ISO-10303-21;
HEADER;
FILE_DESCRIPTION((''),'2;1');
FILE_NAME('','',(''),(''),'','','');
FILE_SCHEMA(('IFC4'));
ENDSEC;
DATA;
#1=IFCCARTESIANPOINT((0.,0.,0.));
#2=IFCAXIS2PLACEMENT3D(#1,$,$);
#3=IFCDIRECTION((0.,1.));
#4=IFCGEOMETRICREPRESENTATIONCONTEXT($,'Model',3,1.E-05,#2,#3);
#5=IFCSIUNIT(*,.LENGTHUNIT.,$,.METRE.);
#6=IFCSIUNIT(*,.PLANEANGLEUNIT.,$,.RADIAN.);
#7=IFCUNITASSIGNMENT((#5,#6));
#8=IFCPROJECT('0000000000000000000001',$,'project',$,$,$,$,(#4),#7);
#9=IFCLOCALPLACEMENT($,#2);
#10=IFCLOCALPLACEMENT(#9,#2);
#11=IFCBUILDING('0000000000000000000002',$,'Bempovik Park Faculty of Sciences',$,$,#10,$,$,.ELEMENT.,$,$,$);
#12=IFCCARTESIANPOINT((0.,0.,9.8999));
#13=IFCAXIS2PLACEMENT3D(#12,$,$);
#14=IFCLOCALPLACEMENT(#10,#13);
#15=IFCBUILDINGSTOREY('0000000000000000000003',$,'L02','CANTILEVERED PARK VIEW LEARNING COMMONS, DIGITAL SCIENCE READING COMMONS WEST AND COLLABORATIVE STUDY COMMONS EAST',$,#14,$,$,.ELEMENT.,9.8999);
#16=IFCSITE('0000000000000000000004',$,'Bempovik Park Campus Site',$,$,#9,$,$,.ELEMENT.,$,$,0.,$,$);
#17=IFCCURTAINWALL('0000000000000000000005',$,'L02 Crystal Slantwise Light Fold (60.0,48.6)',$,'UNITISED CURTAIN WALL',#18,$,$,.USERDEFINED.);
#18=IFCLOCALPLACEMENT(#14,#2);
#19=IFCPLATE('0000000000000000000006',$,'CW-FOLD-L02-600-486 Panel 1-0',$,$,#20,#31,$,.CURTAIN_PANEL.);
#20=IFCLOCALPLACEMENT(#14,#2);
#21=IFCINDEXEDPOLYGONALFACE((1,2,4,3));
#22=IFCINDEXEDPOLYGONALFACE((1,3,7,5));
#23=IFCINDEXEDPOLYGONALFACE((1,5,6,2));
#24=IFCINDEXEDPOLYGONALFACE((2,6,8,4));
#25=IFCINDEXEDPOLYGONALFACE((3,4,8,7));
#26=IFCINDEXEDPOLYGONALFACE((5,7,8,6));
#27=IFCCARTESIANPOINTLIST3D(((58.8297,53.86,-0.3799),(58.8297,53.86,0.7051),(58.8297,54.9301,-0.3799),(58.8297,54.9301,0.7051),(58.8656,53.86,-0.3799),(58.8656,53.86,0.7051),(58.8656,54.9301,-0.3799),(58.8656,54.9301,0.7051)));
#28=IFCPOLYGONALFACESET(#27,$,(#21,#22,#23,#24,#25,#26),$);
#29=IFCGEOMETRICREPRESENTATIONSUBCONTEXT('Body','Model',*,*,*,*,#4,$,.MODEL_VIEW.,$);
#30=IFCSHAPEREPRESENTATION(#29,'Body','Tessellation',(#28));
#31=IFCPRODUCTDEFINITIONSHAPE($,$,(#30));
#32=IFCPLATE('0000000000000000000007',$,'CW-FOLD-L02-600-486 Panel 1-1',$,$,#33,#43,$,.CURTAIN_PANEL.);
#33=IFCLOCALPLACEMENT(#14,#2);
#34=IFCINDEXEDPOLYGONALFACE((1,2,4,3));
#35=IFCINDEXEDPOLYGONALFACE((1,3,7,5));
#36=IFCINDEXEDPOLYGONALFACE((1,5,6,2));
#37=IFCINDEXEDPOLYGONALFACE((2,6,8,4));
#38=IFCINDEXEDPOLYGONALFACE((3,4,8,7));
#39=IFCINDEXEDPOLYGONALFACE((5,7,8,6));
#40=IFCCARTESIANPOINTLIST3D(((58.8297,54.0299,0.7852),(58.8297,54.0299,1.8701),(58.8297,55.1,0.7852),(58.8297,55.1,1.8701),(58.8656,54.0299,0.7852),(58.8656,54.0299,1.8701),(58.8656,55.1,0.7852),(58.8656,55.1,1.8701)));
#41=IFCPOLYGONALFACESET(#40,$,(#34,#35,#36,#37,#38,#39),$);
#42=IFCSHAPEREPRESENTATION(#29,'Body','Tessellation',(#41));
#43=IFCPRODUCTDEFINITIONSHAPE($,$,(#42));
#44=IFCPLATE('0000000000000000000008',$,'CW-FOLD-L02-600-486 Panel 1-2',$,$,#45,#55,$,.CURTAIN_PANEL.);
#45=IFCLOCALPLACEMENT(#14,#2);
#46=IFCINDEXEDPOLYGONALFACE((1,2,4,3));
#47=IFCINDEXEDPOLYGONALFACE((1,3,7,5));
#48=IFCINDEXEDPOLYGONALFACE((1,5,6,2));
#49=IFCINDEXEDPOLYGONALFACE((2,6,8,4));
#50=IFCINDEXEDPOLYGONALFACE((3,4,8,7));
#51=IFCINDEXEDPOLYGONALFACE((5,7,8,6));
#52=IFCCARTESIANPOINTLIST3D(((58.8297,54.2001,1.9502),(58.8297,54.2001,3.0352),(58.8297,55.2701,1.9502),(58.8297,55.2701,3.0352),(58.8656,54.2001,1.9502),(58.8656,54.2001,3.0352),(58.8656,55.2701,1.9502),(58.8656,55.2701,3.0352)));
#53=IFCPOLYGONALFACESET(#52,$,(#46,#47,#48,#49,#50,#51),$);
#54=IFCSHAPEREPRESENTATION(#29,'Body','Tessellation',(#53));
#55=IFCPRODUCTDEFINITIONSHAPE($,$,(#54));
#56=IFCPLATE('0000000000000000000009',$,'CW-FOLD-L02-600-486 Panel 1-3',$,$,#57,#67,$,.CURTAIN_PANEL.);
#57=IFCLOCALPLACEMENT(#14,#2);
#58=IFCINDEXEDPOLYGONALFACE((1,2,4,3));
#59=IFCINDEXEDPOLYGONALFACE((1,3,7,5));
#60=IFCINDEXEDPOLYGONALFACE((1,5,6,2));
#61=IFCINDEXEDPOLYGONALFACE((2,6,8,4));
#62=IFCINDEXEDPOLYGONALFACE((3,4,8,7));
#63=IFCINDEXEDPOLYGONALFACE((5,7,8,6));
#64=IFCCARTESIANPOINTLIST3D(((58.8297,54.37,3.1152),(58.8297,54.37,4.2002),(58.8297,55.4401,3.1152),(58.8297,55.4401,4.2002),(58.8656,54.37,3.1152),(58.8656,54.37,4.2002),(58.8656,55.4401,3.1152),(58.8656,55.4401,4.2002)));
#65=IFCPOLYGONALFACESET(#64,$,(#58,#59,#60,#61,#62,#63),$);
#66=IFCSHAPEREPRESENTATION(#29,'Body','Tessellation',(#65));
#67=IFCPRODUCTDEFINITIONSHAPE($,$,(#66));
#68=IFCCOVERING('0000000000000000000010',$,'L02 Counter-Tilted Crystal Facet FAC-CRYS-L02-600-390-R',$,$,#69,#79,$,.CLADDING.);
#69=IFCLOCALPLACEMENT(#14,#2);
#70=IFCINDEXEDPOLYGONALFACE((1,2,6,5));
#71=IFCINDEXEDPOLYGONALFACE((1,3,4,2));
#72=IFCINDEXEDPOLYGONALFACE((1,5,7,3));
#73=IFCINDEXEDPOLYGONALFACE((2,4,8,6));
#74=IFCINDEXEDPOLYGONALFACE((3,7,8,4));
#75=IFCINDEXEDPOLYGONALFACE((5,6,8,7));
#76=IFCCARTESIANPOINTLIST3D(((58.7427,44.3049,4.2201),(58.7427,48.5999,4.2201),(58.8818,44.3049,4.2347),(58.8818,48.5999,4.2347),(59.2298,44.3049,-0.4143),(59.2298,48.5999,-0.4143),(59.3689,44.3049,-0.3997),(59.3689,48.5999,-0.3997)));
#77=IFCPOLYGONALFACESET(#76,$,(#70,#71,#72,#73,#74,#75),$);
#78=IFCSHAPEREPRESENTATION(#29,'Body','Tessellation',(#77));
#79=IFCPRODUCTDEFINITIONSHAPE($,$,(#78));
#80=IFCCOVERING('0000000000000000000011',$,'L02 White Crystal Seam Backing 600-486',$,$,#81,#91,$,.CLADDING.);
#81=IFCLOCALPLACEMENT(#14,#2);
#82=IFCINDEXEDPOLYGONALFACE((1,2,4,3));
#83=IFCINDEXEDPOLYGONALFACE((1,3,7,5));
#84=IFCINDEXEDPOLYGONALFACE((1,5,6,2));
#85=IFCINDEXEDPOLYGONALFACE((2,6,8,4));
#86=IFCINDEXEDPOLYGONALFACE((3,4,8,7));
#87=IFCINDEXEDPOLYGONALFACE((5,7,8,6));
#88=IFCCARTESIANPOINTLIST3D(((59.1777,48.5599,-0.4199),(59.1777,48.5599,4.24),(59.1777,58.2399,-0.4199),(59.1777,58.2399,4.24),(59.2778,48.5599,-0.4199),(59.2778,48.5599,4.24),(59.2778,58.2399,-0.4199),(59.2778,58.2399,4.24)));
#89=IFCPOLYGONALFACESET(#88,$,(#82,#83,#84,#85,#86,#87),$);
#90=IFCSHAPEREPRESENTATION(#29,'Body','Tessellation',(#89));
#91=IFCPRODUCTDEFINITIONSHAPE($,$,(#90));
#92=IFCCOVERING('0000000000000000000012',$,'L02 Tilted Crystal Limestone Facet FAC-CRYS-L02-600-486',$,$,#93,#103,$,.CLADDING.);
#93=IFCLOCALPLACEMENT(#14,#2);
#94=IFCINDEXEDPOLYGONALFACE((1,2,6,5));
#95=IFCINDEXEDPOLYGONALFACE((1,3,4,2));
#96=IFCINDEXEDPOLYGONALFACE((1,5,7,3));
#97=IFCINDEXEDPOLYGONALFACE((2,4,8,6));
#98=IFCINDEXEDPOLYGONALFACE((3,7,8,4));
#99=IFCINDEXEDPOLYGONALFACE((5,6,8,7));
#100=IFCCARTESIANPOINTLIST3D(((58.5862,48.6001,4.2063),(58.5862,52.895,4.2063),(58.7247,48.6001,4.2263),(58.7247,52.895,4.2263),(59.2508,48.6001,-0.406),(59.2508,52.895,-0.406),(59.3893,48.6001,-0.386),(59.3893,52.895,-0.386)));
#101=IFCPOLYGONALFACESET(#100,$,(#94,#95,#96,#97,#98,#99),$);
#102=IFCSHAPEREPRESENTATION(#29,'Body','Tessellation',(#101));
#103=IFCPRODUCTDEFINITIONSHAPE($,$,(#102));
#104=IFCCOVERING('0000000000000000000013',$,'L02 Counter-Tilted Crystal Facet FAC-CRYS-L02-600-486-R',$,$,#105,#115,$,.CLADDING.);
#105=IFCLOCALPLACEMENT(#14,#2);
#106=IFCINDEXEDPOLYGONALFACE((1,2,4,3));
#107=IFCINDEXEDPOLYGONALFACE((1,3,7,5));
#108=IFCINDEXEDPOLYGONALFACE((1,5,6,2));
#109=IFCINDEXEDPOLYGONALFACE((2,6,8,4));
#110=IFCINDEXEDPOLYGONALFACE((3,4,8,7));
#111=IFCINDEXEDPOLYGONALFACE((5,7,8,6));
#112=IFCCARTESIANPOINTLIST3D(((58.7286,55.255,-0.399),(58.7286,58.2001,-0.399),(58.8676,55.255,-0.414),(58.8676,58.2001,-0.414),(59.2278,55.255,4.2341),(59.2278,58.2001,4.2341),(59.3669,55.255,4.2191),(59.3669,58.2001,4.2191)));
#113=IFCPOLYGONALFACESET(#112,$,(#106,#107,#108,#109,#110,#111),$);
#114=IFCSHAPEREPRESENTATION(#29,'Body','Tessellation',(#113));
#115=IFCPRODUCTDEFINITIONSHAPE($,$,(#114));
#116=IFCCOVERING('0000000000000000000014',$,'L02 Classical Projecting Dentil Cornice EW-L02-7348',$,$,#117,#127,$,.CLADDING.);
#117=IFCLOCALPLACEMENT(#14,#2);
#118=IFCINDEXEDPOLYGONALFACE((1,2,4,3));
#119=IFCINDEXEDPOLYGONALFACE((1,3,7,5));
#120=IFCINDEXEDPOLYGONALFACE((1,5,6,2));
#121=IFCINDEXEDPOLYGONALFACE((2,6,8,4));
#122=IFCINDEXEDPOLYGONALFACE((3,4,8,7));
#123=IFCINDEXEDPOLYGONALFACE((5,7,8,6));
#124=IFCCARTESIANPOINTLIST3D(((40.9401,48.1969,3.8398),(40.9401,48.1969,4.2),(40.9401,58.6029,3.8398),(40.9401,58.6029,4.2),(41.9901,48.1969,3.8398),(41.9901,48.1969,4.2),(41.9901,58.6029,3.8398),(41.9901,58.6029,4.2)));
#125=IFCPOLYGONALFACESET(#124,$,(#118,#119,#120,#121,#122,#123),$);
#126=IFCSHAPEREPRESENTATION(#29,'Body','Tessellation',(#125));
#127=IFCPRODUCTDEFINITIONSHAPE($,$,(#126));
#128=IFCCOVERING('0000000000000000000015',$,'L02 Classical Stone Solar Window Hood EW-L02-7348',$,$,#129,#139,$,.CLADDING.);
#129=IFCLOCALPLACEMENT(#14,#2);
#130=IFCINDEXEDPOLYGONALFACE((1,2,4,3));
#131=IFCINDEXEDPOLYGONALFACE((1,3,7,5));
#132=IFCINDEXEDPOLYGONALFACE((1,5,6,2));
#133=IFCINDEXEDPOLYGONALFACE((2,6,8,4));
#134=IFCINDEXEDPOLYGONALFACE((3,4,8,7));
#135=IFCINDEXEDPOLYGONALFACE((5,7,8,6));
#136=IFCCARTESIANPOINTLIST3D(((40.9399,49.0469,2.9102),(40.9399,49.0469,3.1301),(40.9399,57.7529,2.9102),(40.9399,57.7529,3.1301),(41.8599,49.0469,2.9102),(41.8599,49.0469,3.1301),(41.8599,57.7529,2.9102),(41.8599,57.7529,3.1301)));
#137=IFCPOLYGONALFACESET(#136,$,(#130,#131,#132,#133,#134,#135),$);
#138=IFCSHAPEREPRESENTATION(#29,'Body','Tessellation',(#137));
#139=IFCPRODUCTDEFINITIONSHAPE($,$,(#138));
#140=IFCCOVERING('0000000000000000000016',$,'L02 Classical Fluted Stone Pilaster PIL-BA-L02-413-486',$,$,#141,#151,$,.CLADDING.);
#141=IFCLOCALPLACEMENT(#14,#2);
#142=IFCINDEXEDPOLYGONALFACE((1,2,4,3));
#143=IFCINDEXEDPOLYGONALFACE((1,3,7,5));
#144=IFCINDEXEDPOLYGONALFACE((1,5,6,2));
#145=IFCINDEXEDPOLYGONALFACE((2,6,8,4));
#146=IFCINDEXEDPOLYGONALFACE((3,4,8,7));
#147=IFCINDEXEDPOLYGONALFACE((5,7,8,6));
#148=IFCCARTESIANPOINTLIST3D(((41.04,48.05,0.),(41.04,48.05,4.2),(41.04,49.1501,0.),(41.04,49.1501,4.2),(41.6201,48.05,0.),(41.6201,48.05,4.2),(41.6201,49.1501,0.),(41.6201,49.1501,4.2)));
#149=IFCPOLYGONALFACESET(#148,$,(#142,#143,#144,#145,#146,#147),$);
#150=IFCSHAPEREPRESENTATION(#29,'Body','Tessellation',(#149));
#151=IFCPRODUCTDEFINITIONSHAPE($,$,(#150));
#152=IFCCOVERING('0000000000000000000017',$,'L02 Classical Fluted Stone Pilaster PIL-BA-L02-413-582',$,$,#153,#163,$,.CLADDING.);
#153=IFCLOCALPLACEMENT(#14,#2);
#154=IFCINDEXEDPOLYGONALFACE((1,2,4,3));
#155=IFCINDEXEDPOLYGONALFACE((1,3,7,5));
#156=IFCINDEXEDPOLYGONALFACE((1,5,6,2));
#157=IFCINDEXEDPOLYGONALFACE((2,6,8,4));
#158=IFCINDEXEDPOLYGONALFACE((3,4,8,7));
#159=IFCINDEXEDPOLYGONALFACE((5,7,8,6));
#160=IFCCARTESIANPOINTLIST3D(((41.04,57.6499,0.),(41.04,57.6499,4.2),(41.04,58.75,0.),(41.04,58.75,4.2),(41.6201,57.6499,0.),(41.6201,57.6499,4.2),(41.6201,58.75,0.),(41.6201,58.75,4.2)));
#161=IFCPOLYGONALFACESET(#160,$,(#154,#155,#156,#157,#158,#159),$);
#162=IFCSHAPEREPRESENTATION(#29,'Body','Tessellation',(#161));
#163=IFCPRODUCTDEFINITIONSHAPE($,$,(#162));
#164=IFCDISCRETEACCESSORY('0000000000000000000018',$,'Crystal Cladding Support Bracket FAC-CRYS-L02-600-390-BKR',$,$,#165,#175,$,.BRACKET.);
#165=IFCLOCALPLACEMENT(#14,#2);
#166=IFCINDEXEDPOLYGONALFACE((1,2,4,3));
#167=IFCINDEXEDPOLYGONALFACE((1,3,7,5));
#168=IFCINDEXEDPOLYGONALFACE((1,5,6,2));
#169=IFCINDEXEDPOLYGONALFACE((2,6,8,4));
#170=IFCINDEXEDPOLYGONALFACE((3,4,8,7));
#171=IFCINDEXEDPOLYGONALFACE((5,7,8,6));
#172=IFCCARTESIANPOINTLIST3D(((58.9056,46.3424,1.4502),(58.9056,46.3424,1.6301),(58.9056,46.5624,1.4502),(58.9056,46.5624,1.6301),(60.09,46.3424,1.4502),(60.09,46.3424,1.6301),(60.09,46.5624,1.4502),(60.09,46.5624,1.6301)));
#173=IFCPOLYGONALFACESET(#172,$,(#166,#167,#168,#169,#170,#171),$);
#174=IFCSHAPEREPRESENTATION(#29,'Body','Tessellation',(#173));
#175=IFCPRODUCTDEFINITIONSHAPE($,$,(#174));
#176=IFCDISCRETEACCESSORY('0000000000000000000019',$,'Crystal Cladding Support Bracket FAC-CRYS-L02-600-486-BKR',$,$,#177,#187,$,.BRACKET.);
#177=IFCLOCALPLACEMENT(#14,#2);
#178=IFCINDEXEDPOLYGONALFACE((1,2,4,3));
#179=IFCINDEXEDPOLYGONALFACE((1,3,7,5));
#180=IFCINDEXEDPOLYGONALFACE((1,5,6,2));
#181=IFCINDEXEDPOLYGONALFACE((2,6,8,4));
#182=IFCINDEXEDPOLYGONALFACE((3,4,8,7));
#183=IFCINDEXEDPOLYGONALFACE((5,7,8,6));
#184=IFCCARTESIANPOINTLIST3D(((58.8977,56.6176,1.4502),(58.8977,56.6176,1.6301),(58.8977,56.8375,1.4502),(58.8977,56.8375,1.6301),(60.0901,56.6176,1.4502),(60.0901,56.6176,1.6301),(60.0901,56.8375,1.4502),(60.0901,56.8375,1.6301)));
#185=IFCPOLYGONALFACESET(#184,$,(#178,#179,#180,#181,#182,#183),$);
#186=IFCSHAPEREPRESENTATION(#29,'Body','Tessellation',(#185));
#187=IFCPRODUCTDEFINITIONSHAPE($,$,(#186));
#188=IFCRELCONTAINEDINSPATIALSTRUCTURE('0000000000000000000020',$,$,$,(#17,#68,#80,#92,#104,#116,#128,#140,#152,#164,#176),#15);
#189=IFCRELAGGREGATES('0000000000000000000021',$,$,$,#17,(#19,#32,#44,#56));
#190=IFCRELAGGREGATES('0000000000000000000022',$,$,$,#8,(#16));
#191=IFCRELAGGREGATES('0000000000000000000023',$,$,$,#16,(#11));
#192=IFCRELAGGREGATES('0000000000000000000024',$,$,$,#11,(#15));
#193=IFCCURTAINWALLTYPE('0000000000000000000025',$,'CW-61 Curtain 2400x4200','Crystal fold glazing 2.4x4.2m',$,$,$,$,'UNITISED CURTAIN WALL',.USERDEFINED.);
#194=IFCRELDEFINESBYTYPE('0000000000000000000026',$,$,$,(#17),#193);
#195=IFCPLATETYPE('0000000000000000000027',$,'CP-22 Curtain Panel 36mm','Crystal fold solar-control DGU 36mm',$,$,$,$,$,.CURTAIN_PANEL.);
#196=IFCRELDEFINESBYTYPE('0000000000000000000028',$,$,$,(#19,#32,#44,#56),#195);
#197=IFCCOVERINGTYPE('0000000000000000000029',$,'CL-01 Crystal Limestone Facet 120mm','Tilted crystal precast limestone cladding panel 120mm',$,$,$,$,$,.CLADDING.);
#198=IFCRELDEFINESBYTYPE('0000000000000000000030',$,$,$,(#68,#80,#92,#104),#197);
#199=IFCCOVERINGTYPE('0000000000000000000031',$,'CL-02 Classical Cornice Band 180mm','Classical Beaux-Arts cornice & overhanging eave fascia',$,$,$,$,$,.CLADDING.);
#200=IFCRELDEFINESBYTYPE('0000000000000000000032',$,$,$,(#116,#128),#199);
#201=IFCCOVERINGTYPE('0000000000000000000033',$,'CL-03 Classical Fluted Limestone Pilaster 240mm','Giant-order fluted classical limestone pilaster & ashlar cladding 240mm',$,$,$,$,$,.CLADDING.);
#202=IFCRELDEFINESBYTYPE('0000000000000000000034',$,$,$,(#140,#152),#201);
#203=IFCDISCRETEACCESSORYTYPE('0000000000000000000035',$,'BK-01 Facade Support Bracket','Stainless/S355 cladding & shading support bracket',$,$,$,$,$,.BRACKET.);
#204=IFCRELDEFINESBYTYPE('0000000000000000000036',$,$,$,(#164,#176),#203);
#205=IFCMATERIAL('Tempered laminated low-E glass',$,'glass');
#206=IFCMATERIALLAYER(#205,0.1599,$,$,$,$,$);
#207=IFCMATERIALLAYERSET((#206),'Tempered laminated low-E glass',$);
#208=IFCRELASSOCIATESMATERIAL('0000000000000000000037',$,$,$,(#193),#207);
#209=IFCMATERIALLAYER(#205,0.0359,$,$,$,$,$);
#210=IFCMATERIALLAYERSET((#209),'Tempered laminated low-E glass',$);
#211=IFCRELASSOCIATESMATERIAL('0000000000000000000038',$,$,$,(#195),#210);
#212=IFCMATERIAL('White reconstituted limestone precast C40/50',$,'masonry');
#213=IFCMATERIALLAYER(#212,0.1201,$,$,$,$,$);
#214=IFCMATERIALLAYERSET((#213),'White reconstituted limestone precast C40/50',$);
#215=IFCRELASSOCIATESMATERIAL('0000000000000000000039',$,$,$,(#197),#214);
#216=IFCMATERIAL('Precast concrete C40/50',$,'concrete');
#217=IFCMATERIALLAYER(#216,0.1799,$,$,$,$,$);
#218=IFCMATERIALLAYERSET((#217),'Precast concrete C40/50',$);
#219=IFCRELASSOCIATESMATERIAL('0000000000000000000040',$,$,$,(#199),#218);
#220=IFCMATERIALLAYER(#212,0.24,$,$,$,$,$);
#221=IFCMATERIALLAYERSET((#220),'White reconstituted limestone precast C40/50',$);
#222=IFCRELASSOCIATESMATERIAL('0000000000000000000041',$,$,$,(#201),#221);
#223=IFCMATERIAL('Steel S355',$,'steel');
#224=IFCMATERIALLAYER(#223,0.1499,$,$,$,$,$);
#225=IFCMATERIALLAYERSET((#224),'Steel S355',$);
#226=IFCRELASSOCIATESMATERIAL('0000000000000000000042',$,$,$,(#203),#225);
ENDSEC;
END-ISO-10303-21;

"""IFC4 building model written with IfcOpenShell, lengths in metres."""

from ifc_helpers import new_model, si_unit, direction, frame, origin, origin_2d, place, context, subcontext, project, spatial, rectangle, extrude, material, layer, layer_set, type_object, element, aggregate, save


model = new_model("IFC4")

# Units and contexts
model_context = context("Model", 3, precision=1e-05, world=origin(), true_north=direction((0.0, 1.0)))
body_context = subcontext(model_context, "Body", "Model", "MODEL_VIEW")
ifc_project = project(units=[si_unit("LENGTHUNIT", "METRE"), si_unit("PLANEANGLEUNIT", "RADIAN")], contexts=[model_context])

# Site, building, storey
site_placement = place(None, origin())
site = spatial("IfcSite", under=ifc_project, at=site_placement, Name="Bempovik Park Campus Site", CompositionType="ELEMENT", RefElevation=0.0)
building_placement = place(site_placement, origin())
building = spatial("IfcBuilding", under=site, at=building_placement, Name="Bempovik Park Faculty of Sciences", CompositionType="ELEMENT")
storey_placement = place(building_placement, frame((0.0, 0.0, 9.8999)))
storey = spatial("IfcBuildingStorey", under=building, at=storey_placement, Name="L02", Description="CANTILEVERED PARK VIEW LEARNING COMMONS, DIGITAL SCIENCE READING COMMONS WEST AND COLLABORATIVE STUDY COMMONS EAST", CompositionType="ELEMENT", Elevation=9.8999)

# Shared definitions
ifc_material_1 = material(Name="Tempered laminated low-E glass", Category="glass")
ifc_layer_1 = layer(ifc_material_1, 0.1599)
ifc_layer_set_1 = layer_set([ifc_layer_1], Name="Tempered laminated low-E glass")
curtain_wall_type = type_object("IfcCurtainWallType", Name="CW-61 Curtain 2400x4200", Description="Crystal fold glazing 2.4x4.2m", ElementType="UNITISED CURTAIN WALL", PredefinedType="USERDEFINED", material=ifc_layer_set_1)

# Curtain wall
curtain_wall_1_placement = place(storey_placement, origin())
curtain_wall_1 = element("IfcCurtainWall", 1, at=curtain_wall_1_placement, inside=storey, type_object=curtain_wall_type, Name="L02 Crystal Slantwise Light Fold (60.0,48.6)", ObjectType="UNITISED CURTAIN WALL", PredefinedType="USERDEFINED")

# Plates
ifc_layer_2 = layer(ifc_material_1, 0.0359)
ifc_layer_set_2 = layer_set([ifc_layer_2], Name="Tempered laminated low-E glass")
plate_type = type_object("IfcPlateType", Name="CP-22 Curtain Panel 36mm", Description="Crystal fold solar-control DGU 36mm", PredefinedType="CURTAIN_PANEL", material=ifc_layer_set_2)
plate_1_placement = place(storey_placement, frame((58.8477, 54.395, -0.3799), z_axis=(0.0, 0.0, 1.0), x_axis=(0.0, 1.0, 0.0)))
plate_1 = element("IfcPlate", 2, at=plate_1_placement, type_object=plate_type, Name="CW-FOLD-L02-600-486 Panel 1-0", PredefinedType="CURTAIN_PANEL", context=body_context, shape_type="SweptSolid", body=[
    extrude(rectangle(XDim=1.0701, YDim=0.0359, at=origin_2d()), origin(), (0.0, 0.0, 1.0), 1.085),
])
plate_2_placement = place(storey_placement, frame((58.8477, 54.5649, 0.7852), z_axis=(0.0, 0.0, 1.0), x_axis=(0.0, 1.0, 0.0)))
plate_2 = element("IfcPlate", 3, at=plate_2_placement, type_object=plate_type, Name="CW-FOLD-L02-600-486 Panel 1-1", PredefinedType="CURTAIN_PANEL", context=body_context, shape_type="SweptSolid", body=[
    extrude(rectangle(XDim=1.0701, YDim=0.0359, at=origin_2d()), origin(), (0.0, 0.0, 1.0), 1.085),
])
plate_3_placement = place(storey_placement, frame((58.8477, 54.7351, 1.9502), z_axis=(0.0, 0.0, 1.0), x_axis=(0.0, 1.0, 0.0)))
plate_3 = element("IfcPlate", 4, at=plate_3_placement, type_object=plate_type, Name="CW-FOLD-L02-600-486 Panel 1-2", PredefinedType="CURTAIN_PANEL", context=body_context, shape_type="SweptSolid", body=[
    extrude(rectangle(XDim=1.0701, YDim=0.0359, at=origin_2d()), origin(), (0.0, 0.0, 1.0), 1.085),
])
plate_4_placement = place(storey_placement, frame((58.8477, 54.905, 3.1152), z_axis=(0.0, 0.0, 1.0), x_axis=(0.0, 1.0, 0.0)))
plate_4 = element("IfcPlate", 5, at=plate_4_placement, type_object=plate_type, Name="CW-FOLD-L02-600-486 Panel 1-3", PredefinedType="CURTAIN_PANEL", context=body_context, shape_type="SweptSolid", body=[
    extrude(rectangle(XDim=1.0701, YDim=0.0359, at=origin_2d()), origin(), (0.0, 0.0, 1.0), 1.085),
])
aggregate(curtain_wall_1, [plate_1, plate_2, plate_3, plate_4])

# Coverings
ifc_material_2 = material(Name="White reconstituted limestone precast C40/50", Category="masonry")
ifc_layer_3 = layer(ifc_material_2, 0.1201)
ifc_layer_set_3 = layer_set([ifc_layer_3], Name="White reconstituted limestone precast C40/50")
covering_type_1 = type_object("IfcCoveringType", Name="CL-01 Crystal Limestone Facet 120mm", Description="Tilted crystal precast limestone cladding panel 120mm", PredefinedType="CLADDING", material=ifc_layer_set_3)
covering_1_placement = place(storey_placement, frame((59.2993, 46.4524, -0.407), z_axis=(-0.104528, 0.0, 0.994522), x_axis=(0.0, 1.0, 0.0)))
element("IfcCovering", 6, at=covering_1_placement, inside=storey, type_object=covering_type_1, Name="L02 Counter-Tilted Crystal Facet FAC-CRYS-L02-600-390-R", PredefinedType="CLADDING", context=body_context, shape_type="SweptSolid", body=[
    extrude(rectangle(XDim=4.2949, YDim=0.1399, at=origin_2d()), origin(), (0.0, 0.0, 1.0), 4.6599),
])
covering_2_placement = place(storey_placement, frame((59.2278, 53.3999, -0.4199), z_axis=(0.0, 0.0, 1.0), x_axis=(1.0, 0.0, 0.0)))
element("IfcCovering", 7, at=covering_2_placement, inside=storey, type_object=covering_type_1, Name="L02 White Crystal Seam Backing 600-486", PredefinedType="CLADDING", context=body_context, shape_type="SweptSolid", body=[
    extrude(rectangle(XDim=0.1001, YDim=9.6799, at=origin_2d()), origin(), (0.0, 0.0, 1.0), 4.6599),
])
covering_3_placement = place(storey_placement, frame((59.3201, 50.7476, -0.396), z_axis=(-0.142629, 0.0, 0.989776), x_axis=(0.0, 1.0, 0.0)))
element("IfcCovering", 8, at=covering_3_placement, inside=storey, type_object=covering_type_1, Name="L02 Tilted Crystal Limestone Facet FAC-CRYS-L02-600-486", PredefinedType="CLADDING", context=body_context, shape_type="SweptSolid", body=[
    extrude(rectangle(XDim=4.2949, YDim=0.1399, at=origin_2d()), origin(), (0.0, 0.0, 1.0), 4.6599),
])
covering_4_placement = place(storey_placement, frame((58.7981, 56.7275, -0.4065), z_axis=(0.107132, 0.0, 0.994245), x_axis=(0.0, 1.0, 0.0)))
element("IfcCovering", 9, at=covering_4_placement, inside=storey, type_object=covering_type_1, Name="L02 Counter-Tilted Crystal Facet FAC-CRYS-L02-600-486-R", PredefinedType="CLADDING", context=body_context, shape_type="SweptSolid", body=[
    extrude(rectangle(XDim=2.9451, YDim=0.1399, at=origin_2d()), origin(), (0.0, 0.0, 1.0), 4.6599),
])
ifc_material_3 = material(Name="Precast concrete C40/50", Category="concrete")
ifc_layer_4 = layer(ifc_material_3, 0.1799)
ifc_layer_set_4 = layer_set([ifc_layer_4], Name="Precast concrete C40/50")
covering_type_2 = type_object("IfcCoveringType", Name="CL-02 Classical Cornice Band 180mm", Description="Classical Beaux-Arts cornice & overhanging eave fascia", PredefinedType="CLADDING", material=ifc_layer_set_4)
covering_5_placement = place(storey_placement, frame((41.4651, 53.3999, 3.8398), z_axis=(0.0, 0.0, 1.0), x_axis=(1.0, 0.0, 0.0)))
element("IfcCovering", 10, at=covering_5_placement, inside=storey, type_object=covering_type_2, Name="L02 Classical Projecting Dentil Cornice EW-L02-7348", PredefinedType="CLADDING", context=body_context, shape_type="SweptSolid", body=[
    extrude(rectangle(XDim=1.05, YDim=10.406, at=origin_2d()), origin(), (0.0, 0.0, 1.0), 0.3601),
])
covering_6_placement = place(storey_placement, frame((41.3999, 53.3999, 2.9102), z_axis=(0.0, 0.0, 1.0), x_axis=(1.0, 0.0, 0.0)))
element("IfcCovering", 11, at=covering_6_placement, inside=storey, type_object=covering_type_2, Name="L02 Classical Stone Solar Window Hood EW-L02-7348", PredefinedType="CLADDING", context=body_context, shape_type="SweptSolid", body=[
    extrude(rectangle(XDim=0.9199, YDim=8.7061, at=origin_2d()), origin(), (0.0, 0.0, 1.0), 0.22),
])
ifc_layer_5 = layer(ifc_material_2, 0.24)
ifc_layer_set_5 = layer_set([ifc_layer_5], Name="White reconstituted limestone precast C40/50")
covering_type_3 = type_object("IfcCoveringType", Name="CL-03 Classical Fluted Limestone Pilaster 240mm", Description="Giant-order fluted classical limestone pilaster & ashlar cladding 240mm", PredefinedType="CLADDING", material=ifc_layer_set_5)
for number, where, z_axis, x_axis, name in (
    (12, (41.3301, 48.6001, 0.0), (0.0, 0.0, 1.0), (1.0, 0.0, 0.0), "L02 Classical Fluted Stone Pilaster PIL-BA-L02-413-486"),
    (13, (41.3301, 58.2, 0.0), (0.0, 0.0, 1.0), (1.0, 0.0, 0.0), "L02 Classical Fluted Stone Pilaster PIL-BA-L02-413-582"),
):
    element("IfcCovering", number, at=place(storey_placement, frame(where, z_axis=z_axis, x_axis=x_axis)), inside=storey, type_object=covering_type_3, Name=name, PredefinedType="CLADDING", context=body_context, shape_type="SweptSolid", body=[
        extrude(rectangle(XDim=0.5801, YDim=1.1001, at=origin_2d()), origin(), (0.0, 0.0, 1.0), 4.2),
    ])

# Discrete accessories
ifc_material_4 = material(Name="Steel S355", Category="steel")
ifc_layer_6 = layer(ifc_material_4, 0.1499)
ifc_layer_set_6 = layer_set([ifc_layer_6], Name="Steel S355")
discrete_accessory_type = type_object("IfcDiscreteAccessoryType", Name="BK-01 Facade Support Bracket", Description="Stainless/S355 cladding & shading support bracket", PredefinedType="BRACKET", material=ifc_layer_set_6)
discrete_accessory_1_placement = place(storey_placement, frame((59.4978, 46.4524, 1.4502), z_axis=(0.0, 0.0, 1.0), x_axis=(1.0, 0.0, 0.0)))
element("IfcDiscreteAccessory", 14, at=discrete_accessory_1_placement, inside=storey, type_object=discrete_accessory_type, Name="Crystal Cladding Support Bracket FAC-CRYS-L02-600-390-BKR", PredefinedType="BRACKET", context=body_context, shape_type="SweptSolid", body=[
    extrude(rectangle(XDim=1.1843, YDim=0.22, at=origin_2d()), origin(), (0.0, 0.0, 1.0), 0.1799),
])
discrete_accessory_2_placement = place(storey_placement, frame((59.4939, 56.7275, 1.4502), z_axis=(0.0, 0.0, 1.0), x_axis=(1.0, 0.0, 0.0)))
element("IfcDiscreteAccessory", 15, at=discrete_accessory_2_placement, inside=storey, type_object=discrete_accessory_type, Name="Crystal Cladding Support Bracket FAC-CRYS-L02-600-486-BKR", PredefinedType="BRACKET", context=body_context, shape_type="SweptSolid", body=[
    extrude(rectangle(XDim=1.1924, YDim=0.22, at=origin_2d()), origin(), (0.0, 0.0, 1.0), 0.1799),
])

save(model, "model.ifc")
